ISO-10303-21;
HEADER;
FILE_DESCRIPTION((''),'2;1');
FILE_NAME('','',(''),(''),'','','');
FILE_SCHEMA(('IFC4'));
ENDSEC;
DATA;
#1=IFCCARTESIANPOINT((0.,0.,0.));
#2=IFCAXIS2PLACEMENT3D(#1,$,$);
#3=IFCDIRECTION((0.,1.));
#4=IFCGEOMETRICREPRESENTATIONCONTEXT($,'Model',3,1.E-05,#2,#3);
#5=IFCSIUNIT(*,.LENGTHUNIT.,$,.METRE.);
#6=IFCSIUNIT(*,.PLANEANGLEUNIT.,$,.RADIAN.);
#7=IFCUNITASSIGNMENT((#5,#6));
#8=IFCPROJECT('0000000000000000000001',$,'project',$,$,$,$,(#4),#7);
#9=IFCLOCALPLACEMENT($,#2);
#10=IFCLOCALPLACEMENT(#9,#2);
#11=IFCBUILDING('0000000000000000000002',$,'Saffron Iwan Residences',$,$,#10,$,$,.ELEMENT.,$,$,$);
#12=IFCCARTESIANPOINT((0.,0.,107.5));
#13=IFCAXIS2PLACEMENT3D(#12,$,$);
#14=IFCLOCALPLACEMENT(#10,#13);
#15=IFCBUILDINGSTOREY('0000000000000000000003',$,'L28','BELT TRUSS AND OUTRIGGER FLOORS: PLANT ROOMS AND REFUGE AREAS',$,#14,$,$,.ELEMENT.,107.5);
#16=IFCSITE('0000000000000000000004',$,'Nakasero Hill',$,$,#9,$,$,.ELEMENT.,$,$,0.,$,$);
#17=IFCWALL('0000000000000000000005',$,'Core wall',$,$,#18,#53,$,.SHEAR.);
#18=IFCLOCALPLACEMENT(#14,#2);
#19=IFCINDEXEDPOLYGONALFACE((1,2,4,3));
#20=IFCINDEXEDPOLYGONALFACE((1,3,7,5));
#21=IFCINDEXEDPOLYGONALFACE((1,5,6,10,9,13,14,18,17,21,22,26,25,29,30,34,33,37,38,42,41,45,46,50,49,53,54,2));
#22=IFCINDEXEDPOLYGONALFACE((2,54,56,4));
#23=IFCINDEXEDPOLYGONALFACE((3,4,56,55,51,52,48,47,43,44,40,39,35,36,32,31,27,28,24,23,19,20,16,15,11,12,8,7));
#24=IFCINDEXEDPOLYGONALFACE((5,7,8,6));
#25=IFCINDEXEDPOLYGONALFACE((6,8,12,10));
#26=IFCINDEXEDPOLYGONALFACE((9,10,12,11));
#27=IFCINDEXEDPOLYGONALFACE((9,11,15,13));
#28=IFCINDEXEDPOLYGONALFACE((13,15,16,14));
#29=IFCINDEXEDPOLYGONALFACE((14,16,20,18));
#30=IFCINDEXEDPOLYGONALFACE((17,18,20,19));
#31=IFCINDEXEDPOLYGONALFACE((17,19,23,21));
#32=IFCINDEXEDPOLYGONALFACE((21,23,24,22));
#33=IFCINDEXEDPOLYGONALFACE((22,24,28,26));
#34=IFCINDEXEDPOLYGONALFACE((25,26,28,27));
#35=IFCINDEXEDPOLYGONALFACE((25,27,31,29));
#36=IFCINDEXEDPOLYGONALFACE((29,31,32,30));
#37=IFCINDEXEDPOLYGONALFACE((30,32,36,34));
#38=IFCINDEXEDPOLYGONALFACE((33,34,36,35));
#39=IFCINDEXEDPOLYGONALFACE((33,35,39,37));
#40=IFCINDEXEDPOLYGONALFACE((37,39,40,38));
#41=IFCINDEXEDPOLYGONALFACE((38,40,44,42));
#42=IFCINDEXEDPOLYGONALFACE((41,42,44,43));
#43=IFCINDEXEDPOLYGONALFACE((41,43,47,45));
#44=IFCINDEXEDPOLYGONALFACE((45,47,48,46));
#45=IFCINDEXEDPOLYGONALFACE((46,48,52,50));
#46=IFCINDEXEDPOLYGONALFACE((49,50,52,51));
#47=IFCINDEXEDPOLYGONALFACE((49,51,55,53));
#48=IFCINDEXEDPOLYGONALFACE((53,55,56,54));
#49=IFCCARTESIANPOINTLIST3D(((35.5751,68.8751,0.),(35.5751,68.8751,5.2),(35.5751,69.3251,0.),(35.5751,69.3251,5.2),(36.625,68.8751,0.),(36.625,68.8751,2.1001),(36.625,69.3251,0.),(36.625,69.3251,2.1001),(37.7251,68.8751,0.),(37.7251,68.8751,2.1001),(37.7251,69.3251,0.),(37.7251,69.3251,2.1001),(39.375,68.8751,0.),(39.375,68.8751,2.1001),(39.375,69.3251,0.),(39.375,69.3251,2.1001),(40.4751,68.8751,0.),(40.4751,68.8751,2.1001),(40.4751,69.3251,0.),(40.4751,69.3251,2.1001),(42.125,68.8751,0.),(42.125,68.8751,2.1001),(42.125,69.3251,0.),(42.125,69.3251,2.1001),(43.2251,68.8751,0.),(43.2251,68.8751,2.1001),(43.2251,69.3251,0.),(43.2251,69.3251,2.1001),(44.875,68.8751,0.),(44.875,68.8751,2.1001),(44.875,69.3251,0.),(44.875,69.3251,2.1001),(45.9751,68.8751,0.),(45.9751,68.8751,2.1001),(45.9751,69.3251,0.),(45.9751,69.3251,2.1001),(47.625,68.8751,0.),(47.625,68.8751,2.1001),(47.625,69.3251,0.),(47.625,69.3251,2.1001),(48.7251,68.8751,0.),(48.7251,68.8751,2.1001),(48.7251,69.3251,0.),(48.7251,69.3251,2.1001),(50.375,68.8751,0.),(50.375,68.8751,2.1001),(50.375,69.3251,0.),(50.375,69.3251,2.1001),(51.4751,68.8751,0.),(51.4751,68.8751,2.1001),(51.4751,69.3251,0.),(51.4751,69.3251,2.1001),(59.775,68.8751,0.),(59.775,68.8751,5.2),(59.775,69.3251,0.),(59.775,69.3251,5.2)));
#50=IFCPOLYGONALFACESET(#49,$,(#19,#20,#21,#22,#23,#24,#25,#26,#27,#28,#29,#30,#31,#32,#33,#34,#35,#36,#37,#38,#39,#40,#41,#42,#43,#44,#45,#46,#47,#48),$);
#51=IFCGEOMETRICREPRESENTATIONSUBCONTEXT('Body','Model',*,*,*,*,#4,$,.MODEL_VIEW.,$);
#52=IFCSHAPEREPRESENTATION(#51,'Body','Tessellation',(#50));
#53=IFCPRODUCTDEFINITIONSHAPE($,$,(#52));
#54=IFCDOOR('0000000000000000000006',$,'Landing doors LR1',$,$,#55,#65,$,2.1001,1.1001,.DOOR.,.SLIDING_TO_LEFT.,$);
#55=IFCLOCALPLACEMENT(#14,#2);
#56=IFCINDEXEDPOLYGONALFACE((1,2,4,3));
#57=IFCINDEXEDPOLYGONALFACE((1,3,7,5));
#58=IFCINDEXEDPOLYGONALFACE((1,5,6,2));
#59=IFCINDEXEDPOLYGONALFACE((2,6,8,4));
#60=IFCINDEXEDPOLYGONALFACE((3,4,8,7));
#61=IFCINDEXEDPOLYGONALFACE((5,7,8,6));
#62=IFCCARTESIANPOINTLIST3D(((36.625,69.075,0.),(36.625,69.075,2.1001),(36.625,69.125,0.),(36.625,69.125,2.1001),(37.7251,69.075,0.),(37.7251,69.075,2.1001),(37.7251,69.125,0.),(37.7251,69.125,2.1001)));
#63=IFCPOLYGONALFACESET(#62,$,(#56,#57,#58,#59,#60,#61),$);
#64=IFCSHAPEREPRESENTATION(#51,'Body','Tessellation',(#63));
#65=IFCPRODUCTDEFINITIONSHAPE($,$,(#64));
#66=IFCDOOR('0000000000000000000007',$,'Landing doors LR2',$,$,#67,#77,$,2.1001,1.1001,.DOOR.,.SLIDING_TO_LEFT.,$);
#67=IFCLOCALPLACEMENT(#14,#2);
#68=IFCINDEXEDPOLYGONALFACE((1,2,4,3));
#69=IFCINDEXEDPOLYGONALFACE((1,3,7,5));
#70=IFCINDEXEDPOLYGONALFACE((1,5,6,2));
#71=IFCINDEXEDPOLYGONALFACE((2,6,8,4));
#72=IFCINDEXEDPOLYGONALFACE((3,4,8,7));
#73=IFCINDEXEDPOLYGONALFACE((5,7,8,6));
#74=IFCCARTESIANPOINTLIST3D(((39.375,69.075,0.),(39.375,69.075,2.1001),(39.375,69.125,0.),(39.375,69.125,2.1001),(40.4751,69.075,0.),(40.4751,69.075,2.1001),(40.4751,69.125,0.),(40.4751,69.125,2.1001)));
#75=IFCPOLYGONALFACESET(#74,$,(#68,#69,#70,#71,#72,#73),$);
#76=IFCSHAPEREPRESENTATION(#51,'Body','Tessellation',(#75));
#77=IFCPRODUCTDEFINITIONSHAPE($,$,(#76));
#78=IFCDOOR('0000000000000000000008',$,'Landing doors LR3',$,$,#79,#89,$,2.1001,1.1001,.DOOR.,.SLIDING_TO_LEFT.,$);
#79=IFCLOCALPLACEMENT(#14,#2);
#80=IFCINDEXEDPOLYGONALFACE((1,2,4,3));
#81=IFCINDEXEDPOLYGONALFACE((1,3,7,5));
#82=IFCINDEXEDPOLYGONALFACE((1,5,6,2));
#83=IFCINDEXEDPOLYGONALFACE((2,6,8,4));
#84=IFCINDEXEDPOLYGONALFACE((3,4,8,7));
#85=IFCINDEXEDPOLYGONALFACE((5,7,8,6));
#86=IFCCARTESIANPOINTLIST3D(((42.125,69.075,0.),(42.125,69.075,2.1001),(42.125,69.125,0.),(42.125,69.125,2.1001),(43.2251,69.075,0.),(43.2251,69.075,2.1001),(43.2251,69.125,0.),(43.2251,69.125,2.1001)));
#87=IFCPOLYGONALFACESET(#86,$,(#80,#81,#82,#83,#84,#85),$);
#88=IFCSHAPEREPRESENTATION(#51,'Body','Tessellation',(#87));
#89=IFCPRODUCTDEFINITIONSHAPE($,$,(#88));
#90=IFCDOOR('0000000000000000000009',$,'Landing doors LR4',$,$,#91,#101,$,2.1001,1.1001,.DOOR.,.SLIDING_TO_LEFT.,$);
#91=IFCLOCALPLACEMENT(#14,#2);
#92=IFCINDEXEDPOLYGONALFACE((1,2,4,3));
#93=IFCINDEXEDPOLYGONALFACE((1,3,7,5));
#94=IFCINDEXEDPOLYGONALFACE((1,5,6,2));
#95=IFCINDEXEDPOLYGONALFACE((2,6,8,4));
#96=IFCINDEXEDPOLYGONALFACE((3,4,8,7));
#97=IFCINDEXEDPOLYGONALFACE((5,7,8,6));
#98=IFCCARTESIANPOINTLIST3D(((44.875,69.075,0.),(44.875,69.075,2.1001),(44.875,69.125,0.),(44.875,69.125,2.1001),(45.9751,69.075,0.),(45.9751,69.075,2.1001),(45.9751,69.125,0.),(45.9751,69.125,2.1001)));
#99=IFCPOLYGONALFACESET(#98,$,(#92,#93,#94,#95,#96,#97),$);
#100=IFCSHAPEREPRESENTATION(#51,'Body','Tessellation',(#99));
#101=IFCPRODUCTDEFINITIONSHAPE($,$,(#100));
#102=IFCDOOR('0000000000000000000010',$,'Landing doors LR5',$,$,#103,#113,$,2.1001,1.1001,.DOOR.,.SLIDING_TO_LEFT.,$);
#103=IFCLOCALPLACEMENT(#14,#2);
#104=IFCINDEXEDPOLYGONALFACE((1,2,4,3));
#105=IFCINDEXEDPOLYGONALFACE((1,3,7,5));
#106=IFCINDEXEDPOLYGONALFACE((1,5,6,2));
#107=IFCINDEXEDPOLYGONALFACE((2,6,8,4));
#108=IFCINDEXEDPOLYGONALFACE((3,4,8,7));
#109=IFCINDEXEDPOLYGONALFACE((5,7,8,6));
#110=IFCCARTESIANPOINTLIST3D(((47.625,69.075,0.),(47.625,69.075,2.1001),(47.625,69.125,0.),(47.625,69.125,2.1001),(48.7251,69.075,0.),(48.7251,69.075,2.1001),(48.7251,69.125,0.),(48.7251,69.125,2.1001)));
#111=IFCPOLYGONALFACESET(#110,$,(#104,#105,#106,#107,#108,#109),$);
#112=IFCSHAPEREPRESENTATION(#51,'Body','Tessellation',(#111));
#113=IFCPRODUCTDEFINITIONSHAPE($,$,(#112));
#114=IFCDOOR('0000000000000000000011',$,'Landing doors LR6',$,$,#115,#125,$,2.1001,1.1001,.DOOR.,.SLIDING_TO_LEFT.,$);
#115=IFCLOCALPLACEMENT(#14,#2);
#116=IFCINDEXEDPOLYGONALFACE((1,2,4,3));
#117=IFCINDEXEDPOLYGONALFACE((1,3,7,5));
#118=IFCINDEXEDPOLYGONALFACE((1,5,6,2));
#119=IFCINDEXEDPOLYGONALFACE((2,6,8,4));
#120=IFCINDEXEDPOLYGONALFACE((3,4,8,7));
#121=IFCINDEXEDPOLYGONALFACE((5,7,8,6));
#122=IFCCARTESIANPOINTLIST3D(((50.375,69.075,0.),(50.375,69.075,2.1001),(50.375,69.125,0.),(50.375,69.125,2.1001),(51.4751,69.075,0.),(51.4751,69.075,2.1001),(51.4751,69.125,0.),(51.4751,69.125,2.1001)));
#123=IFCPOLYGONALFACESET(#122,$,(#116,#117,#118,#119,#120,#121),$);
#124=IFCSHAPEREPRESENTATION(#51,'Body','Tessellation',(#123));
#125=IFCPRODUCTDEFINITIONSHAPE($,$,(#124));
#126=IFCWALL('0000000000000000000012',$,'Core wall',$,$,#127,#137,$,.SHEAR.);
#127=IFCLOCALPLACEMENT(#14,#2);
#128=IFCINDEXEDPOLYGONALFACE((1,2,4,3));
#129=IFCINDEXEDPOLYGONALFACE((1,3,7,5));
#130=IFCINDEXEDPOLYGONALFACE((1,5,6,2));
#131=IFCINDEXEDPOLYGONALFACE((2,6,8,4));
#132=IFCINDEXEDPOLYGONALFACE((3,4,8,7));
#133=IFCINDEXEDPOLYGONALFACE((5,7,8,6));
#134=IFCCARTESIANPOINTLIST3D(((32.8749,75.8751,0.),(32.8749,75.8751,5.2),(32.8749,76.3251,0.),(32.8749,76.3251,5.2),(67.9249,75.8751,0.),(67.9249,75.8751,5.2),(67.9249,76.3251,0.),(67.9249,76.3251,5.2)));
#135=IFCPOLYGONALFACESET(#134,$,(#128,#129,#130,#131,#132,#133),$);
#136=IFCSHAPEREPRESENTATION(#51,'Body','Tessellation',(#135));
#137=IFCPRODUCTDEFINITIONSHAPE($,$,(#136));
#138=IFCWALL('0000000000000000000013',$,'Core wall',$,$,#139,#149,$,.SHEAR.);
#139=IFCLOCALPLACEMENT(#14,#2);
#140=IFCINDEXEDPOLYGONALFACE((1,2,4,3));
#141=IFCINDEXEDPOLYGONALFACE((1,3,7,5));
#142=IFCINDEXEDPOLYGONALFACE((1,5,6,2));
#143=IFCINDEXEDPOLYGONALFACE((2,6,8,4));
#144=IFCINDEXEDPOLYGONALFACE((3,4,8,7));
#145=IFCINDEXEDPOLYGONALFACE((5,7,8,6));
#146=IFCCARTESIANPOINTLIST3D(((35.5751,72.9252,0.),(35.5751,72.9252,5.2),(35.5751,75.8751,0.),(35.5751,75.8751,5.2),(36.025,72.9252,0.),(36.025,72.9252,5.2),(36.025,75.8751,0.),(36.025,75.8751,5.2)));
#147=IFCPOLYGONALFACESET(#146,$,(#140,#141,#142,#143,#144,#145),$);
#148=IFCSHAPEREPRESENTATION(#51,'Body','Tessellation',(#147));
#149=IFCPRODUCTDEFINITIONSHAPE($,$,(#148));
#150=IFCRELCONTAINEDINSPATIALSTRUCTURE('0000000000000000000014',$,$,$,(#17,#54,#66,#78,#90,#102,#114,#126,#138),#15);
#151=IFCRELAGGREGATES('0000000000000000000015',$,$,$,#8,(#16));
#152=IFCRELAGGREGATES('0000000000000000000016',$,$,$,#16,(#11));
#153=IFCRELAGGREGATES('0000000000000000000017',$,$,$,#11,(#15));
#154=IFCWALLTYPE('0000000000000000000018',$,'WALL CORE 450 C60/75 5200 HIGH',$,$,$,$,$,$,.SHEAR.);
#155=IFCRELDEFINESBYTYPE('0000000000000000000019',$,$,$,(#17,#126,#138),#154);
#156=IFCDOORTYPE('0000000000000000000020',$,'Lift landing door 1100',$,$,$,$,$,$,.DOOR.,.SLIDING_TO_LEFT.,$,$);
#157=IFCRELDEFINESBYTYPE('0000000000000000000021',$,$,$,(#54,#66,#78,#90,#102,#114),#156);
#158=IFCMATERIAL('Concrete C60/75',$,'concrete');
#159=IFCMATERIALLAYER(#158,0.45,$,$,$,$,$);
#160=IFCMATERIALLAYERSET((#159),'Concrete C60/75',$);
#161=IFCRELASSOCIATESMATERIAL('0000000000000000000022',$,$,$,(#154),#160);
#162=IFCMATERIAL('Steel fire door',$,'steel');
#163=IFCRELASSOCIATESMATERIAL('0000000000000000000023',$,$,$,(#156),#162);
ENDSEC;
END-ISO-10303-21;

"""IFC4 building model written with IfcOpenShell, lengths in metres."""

from ifc_helpers import new_model, si_unit, direction, frame, frame_2d, origin, place, context, subcontext, project, spatial, rectangle, extrude, material, layer, layer_set, type_object, element, fill, save


model = new_model("IFC4")

# Units and contexts
model_context = context("Model", 3, precision=1e-05, world=origin(), true_north=direction((0.0, 1.0)))
body_context = subcontext(model_context, "Body", "Model", "MODEL_VIEW")
ifc_project = project(units=[si_unit("LENGTHUNIT", "METRE"), si_unit("PLANEANGLEUNIT", "RADIAN")], contexts=[model_context])

# Site, building, storey
site_placement = place(None, origin())
site = spatial("IfcSite", under=ifc_project, at=site_placement, Name="Nakasero Hill", CompositionType="ELEMENT", RefElevation=0.0)
building_placement = place(site_placement, origin())
building = spatial("IfcBuilding", under=site, at=building_placement, Name="Saffron Iwan Residences", CompositionType="ELEMENT")
storey_placement = place(building_placement, frame((0.0, 0.0, 107.5)))
storey = spatial("IfcBuildingStorey", under=building, at=storey_placement, Name="L28", Description="BELT TRUSS AND OUTRIGGER FLOORS: PLANT ROOMS AND REFUGE AREAS", CompositionType="ELEMENT", Elevation=107.5)

# Wall, openings, doors
ifc_material_1 = material(Name="Concrete C60/75", Category="concrete")
ifc_layer = layer(ifc_material_1, 0.45)
ifc_layer_set = layer_set([ifc_layer], Name="Concrete C60/75")
wall_type = type_object("IfcWallType", Name="WALL CORE 450 C60/75 5200 HIGH", PredefinedType="SHEAR", material=ifc_layer_set)
wall_1_placement = place(storey_placement, frame((35.575, 69.1001, 0.0), z_axis=(0.0, 0.0, 1.0), x_axis=(1.0, 0.0, 0.0)))
wall_1 = element("IfcWall", 1, at=wall_1_placement, inside=storey, type_object=wall_type, Name="Core wall", PredefinedType="SHEAR", context=body_context, shape_type="SweptSolid", body=[
    extrude(rectangle(XDim=24.2, YDim=0.45, at=frame_2d((12.1001, 0.0))), origin(), (0.0, 0.0, 1.0), 5.2),
])
opening_1_placement = place(wall_1_placement, frame((1.05, 0.0, 0.0)))
opening_1 = element("IfcOpeningElement", 2, at=opening_1_placement, cuts=wall_1, PredefinedType="OPENING", context=body_context, shape_type="SweptSolid", body=[
    extrude(rectangle(XDim=1.1001, YDim=2.1001, at=frame_2d((0.55, 1.05))), frame((0.0, 0.2349, 0.0), z_axis=(0.0, -1.0, 0.0), x_axis=(1.0, 0.0, 0.0)), (0.0, 0.0, 1.0), 0.47),
])
opening_2_placement = place(wall_1_placement, frame((3.8, 0.0, 0.0)))
opening_2 = element("IfcOpeningElement", 3, at=opening_2_placement, cuts=wall_1, PredefinedType="OPENING", context=body_context, shape_type="SweptSolid", body=[
    extrude(rectangle(XDim=1.1001, YDim=2.1001, at=frame_2d((0.55, 1.05))), frame((0.0, 0.2349, 0.0), z_axis=(0.0, -1.0, 0.0), x_axis=(1.0, 0.0, 0.0)), (0.0, 0.0, 1.0), 0.47),
])
opening_3_placement = place(wall_1_placement, frame((6.55, 0.0, 0.0)))
opening_3 = element("IfcOpeningElement", 4, at=opening_3_placement, cuts=wall_1, PredefinedType="OPENING", context=body_context, shape_type="SweptSolid", body=[
    extrude(rectangle(XDim=1.1001, YDim=2.1001, at=frame_2d((0.55, 1.05))), frame((0.0, 0.2349, 0.0), z_axis=(0.0, -1.0, 0.0), x_axis=(1.0, 0.0, 0.0)), (0.0, 0.0, 1.0), 0.47),
])
opening_4_placement = place(wall_1_placement, frame((9.3, 0.0, 0.0)))
opening_4 = element("IfcOpeningElement", 5, at=opening_4_placement, cuts=wall_1, PredefinedType="OPENING", context=body_context, shape_type="SweptSolid", body=[
    extrude(rectangle(XDim=1.1001, YDim=2.1001, at=frame_2d((0.55, 1.05))), frame((0.0, 0.2349, 0.0), z_axis=(0.0, -1.0, 0.0), x_axis=(1.0, 0.0, 0.0)), (0.0, 0.0, 1.0), 0.47),
])
opening_5_placement = place(wall_1_placement, frame((12.05, 0.0, 0.0)))
opening_5 = element("IfcOpeningElement", 6, at=opening_5_placement, cuts=wall_1, PredefinedType="OPENING", context=body_context, shape_type="SweptSolid", body=[
    extrude(rectangle(XDim=1.1001, YDim=2.1001, at=frame_2d((0.55, 1.05))), frame((0.0, 0.2349, 0.0), z_axis=(0.0, -1.0, 0.0), x_axis=(1.0, 0.0, 0.0)), (0.0, 0.0, 1.0), 0.47),
])
opening_6_placement = place(wall_1_placement, frame((14.8, 0.0, 0.0)))
opening_6 = element("IfcOpeningElement", 7, at=opening_6_placement, cuts=wall_1, PredefinedType="OPENING", context=body_context, shape_type="SweptSolid", body=[
    extrude(rectangle(XDim=1.1001, YDim=2.1001, at=frame_2d((0.55, 1.05))), frame((0.0, 0.2349, 0.0), z_axis=(0.0, -1.0, 0.0), x_axis=(1.0, 0.0, 0.0)), (0.0, 0.0, 1.0), 0.47),
])
ifc_material_2 = material(Name="Steel fire door", Category="steel")
door_type_1 = type_object("IfcDoorType", Name="Lift landing door 1100", OperationType="SLIDING_TO_LEFT", PredefinedType="DOOR", material=ifc_material_2)
door_1_placement = place(opening_1_placement, origin())
door_1 = element("IfcDoor", 8, at=door_1_placement, inside=storey, type_object=door_type_1, Name="Landing doors LR1", OperationType="SLIDING_TO_LEFT", OverallHeight=2.1001, OverallWidth=1.1001, PredefinedType="DOOR", context=body_context, shape_type="SweptSolid", body=[
    extrude(rectangle(XDim=1.1001, YDim=2.1001, at=frame_2d((0.55, 1.05))), frame((0.0, 0.0249, 0.0), z_axis=(0.0, -1.0, 0.0), x_axis=(1.0, 0.0, 0.0)), (0.0, 0.0, 1.0), 0.05),
])
fill(opening_1, door_1)
door_2_placement = place(opening_2_placement, origin())
door_2 = element("IfcDoor", 9, at=door_2_placement, inside=storey, type_object=door_type_1, Name="Landing doors LR2", OperationType="SLIDING_TO_LEFT", OverallHeight=2.1001, OverallWidth=1.1001, PredefinedType="DOOR", context=body_context, shape_type="SweptSolid", body=[
    extrude(rectangle(XDim=1.1001, YDim=2.1001, at=frame_2d((0.55, 1.05))), frame((0.0, 0.0249, 0.0), z_axis=(0.0, -1.0, 0.0), x_axis=(1.0, 0.0, 0.0)), (0.0, 0.0, 1.0), 0.05),
])
fill(opening_2, door_2)
door_3_placement = place(opening_3_placement, origin())
door_3 = element("IfcDoor", 10, at=door_3_placement, inside=storey, type_object=door_type_1, Name="Landing doors LR3", OperationType="SLIDING_TO_LEFT", OverallHeight=2.1001, OverallWidth=1.1001, PredefinedType="DOOR", context=body_context, shape_type="SweptSolid", body=[
    extrude(rectangle(XDim=1.1001, YDim=2.1001, at=frame_2d((0.55, 1.05))), frame((0.0, 0.0249, 0.0), z_axis=(0.0, -1.0, 0.0), x_axis=(1.0, 0.0, 0.0)), (0.0, 0.0, 1.0), 0.05),
])
fill(opening_3, door_3)
door_4_placement = place(opening_4_placement, origin())
door_4 = element("IfcDoor", 11, at=door_4_placement, inside=storey, type_object=door_type_1, Name="Landing doors LR4", OperationType="SLIDING_TO_LEFT", OverallHeight=2.1001, OverallWidth=1.1001, PredefinedType="DOOR", context=body_context, shape_type="SweptSolid", body=[
    extrude(rectangle(XDim=1.1001, YDim=2.1001, at=frame_2d((0.55, 1.05))), frame((0.0, 0.0249, 0.0), z_axis=(0.0, -1.0, 0.0), x_axis=(1.0, 0.0, 0.0)), (0.0, 0.0, 1.0), 0.05),
])
fill(opening_4, door_4)
door_5_placement = place(opening_5_placement, origin())
door_5 = element("IfcDoor", 12, at=door_5_placement, inside=storey, type_object=door_type_1, Name="Landing doors LR5", OperationType="SLIDING_TO_LEFT", OverallHeight=2.1001, OverallWidth=1.1001, PredefinedType="DOOR", context=body_context, shape_type="SweptSolid", body=[
    extrude(rectangle(XDim=1.1001, YDim=2.1001, at=frame_2d((0.55, 1.05))), frame((0.0, 0.0249, 0.0), z_axis=(0.0, -1.0, 0.0), x_axis=(1.0, 0.0, 0.0)), (0.0, 0.0, 1.0), 0.05),
])
fill(opening_5, door_5)
door_6_placement = place(opening_6_placement, origin())
door_6 = element("IfcDoor", 13, at=door_6_placement, inside=storey, type_object=door_type_1, Name="Landing doors LR6", OperationType="SLIDING_TO_LEFT", OverallHeight=2.1001, OverallWidth=1.1001, PredefinedType="DOOR", context=body_context, shape_type="SweptSolid", body=[
    extrude(rectangle(XDim=1.1001, YDim=2.1001, at=frame_2d((0.55, 1.05))), frame((0.0, 0.0249, 0.0), z_axis=(0.0, -1.0, 0.0), x_axis=(1.0, 0.0, 0.0)), (0.0, 0.0, 1.0), 0.05),
])
fill(opening_6, door_6)

# Walls
wall_2_placement = place(storey_placement, frame((32.875, 76.1001, 0.0), z_axis=(0.0, 0.0, 1.0), x_axis=(1.0, 0.0, 0.0)))
element("IfcWall", 14, at=wall_2_placement, inside=storey, type_object=wall_type, Name="Core wall", PredefinedType="SHEAR", context=body_context, shape_type="SweptSolid", body=[
    extrude(rectangle(XDim=35.05, YDim=0.45, at=frame_2d((17.5249, 0.0))), origin(), (0.0, 0.0, 1.0), 5.2),
])
wall_3_placement = place(storey_placement, frame((35.8, 72.925, 0.0), z_axis=(0.0, 0.0, 1.0), x_axis=(0.0, 1.0, 0.0)))
element("IfcWall", 15, at=wall_3_placement, inside=storey, type_object=wall_type, Name="Core wall", PredefinedType="SHEAR", context=body_context, shape_type="SweptSolid", body=[
    extrude(rectangle(XDim=2.95, YDim=0.45, at=frame_2d((1.4751, 0.0))), origin(), (0.0, 0.0, 1.0), 5.2),
])

save(model, "model.ifc")
